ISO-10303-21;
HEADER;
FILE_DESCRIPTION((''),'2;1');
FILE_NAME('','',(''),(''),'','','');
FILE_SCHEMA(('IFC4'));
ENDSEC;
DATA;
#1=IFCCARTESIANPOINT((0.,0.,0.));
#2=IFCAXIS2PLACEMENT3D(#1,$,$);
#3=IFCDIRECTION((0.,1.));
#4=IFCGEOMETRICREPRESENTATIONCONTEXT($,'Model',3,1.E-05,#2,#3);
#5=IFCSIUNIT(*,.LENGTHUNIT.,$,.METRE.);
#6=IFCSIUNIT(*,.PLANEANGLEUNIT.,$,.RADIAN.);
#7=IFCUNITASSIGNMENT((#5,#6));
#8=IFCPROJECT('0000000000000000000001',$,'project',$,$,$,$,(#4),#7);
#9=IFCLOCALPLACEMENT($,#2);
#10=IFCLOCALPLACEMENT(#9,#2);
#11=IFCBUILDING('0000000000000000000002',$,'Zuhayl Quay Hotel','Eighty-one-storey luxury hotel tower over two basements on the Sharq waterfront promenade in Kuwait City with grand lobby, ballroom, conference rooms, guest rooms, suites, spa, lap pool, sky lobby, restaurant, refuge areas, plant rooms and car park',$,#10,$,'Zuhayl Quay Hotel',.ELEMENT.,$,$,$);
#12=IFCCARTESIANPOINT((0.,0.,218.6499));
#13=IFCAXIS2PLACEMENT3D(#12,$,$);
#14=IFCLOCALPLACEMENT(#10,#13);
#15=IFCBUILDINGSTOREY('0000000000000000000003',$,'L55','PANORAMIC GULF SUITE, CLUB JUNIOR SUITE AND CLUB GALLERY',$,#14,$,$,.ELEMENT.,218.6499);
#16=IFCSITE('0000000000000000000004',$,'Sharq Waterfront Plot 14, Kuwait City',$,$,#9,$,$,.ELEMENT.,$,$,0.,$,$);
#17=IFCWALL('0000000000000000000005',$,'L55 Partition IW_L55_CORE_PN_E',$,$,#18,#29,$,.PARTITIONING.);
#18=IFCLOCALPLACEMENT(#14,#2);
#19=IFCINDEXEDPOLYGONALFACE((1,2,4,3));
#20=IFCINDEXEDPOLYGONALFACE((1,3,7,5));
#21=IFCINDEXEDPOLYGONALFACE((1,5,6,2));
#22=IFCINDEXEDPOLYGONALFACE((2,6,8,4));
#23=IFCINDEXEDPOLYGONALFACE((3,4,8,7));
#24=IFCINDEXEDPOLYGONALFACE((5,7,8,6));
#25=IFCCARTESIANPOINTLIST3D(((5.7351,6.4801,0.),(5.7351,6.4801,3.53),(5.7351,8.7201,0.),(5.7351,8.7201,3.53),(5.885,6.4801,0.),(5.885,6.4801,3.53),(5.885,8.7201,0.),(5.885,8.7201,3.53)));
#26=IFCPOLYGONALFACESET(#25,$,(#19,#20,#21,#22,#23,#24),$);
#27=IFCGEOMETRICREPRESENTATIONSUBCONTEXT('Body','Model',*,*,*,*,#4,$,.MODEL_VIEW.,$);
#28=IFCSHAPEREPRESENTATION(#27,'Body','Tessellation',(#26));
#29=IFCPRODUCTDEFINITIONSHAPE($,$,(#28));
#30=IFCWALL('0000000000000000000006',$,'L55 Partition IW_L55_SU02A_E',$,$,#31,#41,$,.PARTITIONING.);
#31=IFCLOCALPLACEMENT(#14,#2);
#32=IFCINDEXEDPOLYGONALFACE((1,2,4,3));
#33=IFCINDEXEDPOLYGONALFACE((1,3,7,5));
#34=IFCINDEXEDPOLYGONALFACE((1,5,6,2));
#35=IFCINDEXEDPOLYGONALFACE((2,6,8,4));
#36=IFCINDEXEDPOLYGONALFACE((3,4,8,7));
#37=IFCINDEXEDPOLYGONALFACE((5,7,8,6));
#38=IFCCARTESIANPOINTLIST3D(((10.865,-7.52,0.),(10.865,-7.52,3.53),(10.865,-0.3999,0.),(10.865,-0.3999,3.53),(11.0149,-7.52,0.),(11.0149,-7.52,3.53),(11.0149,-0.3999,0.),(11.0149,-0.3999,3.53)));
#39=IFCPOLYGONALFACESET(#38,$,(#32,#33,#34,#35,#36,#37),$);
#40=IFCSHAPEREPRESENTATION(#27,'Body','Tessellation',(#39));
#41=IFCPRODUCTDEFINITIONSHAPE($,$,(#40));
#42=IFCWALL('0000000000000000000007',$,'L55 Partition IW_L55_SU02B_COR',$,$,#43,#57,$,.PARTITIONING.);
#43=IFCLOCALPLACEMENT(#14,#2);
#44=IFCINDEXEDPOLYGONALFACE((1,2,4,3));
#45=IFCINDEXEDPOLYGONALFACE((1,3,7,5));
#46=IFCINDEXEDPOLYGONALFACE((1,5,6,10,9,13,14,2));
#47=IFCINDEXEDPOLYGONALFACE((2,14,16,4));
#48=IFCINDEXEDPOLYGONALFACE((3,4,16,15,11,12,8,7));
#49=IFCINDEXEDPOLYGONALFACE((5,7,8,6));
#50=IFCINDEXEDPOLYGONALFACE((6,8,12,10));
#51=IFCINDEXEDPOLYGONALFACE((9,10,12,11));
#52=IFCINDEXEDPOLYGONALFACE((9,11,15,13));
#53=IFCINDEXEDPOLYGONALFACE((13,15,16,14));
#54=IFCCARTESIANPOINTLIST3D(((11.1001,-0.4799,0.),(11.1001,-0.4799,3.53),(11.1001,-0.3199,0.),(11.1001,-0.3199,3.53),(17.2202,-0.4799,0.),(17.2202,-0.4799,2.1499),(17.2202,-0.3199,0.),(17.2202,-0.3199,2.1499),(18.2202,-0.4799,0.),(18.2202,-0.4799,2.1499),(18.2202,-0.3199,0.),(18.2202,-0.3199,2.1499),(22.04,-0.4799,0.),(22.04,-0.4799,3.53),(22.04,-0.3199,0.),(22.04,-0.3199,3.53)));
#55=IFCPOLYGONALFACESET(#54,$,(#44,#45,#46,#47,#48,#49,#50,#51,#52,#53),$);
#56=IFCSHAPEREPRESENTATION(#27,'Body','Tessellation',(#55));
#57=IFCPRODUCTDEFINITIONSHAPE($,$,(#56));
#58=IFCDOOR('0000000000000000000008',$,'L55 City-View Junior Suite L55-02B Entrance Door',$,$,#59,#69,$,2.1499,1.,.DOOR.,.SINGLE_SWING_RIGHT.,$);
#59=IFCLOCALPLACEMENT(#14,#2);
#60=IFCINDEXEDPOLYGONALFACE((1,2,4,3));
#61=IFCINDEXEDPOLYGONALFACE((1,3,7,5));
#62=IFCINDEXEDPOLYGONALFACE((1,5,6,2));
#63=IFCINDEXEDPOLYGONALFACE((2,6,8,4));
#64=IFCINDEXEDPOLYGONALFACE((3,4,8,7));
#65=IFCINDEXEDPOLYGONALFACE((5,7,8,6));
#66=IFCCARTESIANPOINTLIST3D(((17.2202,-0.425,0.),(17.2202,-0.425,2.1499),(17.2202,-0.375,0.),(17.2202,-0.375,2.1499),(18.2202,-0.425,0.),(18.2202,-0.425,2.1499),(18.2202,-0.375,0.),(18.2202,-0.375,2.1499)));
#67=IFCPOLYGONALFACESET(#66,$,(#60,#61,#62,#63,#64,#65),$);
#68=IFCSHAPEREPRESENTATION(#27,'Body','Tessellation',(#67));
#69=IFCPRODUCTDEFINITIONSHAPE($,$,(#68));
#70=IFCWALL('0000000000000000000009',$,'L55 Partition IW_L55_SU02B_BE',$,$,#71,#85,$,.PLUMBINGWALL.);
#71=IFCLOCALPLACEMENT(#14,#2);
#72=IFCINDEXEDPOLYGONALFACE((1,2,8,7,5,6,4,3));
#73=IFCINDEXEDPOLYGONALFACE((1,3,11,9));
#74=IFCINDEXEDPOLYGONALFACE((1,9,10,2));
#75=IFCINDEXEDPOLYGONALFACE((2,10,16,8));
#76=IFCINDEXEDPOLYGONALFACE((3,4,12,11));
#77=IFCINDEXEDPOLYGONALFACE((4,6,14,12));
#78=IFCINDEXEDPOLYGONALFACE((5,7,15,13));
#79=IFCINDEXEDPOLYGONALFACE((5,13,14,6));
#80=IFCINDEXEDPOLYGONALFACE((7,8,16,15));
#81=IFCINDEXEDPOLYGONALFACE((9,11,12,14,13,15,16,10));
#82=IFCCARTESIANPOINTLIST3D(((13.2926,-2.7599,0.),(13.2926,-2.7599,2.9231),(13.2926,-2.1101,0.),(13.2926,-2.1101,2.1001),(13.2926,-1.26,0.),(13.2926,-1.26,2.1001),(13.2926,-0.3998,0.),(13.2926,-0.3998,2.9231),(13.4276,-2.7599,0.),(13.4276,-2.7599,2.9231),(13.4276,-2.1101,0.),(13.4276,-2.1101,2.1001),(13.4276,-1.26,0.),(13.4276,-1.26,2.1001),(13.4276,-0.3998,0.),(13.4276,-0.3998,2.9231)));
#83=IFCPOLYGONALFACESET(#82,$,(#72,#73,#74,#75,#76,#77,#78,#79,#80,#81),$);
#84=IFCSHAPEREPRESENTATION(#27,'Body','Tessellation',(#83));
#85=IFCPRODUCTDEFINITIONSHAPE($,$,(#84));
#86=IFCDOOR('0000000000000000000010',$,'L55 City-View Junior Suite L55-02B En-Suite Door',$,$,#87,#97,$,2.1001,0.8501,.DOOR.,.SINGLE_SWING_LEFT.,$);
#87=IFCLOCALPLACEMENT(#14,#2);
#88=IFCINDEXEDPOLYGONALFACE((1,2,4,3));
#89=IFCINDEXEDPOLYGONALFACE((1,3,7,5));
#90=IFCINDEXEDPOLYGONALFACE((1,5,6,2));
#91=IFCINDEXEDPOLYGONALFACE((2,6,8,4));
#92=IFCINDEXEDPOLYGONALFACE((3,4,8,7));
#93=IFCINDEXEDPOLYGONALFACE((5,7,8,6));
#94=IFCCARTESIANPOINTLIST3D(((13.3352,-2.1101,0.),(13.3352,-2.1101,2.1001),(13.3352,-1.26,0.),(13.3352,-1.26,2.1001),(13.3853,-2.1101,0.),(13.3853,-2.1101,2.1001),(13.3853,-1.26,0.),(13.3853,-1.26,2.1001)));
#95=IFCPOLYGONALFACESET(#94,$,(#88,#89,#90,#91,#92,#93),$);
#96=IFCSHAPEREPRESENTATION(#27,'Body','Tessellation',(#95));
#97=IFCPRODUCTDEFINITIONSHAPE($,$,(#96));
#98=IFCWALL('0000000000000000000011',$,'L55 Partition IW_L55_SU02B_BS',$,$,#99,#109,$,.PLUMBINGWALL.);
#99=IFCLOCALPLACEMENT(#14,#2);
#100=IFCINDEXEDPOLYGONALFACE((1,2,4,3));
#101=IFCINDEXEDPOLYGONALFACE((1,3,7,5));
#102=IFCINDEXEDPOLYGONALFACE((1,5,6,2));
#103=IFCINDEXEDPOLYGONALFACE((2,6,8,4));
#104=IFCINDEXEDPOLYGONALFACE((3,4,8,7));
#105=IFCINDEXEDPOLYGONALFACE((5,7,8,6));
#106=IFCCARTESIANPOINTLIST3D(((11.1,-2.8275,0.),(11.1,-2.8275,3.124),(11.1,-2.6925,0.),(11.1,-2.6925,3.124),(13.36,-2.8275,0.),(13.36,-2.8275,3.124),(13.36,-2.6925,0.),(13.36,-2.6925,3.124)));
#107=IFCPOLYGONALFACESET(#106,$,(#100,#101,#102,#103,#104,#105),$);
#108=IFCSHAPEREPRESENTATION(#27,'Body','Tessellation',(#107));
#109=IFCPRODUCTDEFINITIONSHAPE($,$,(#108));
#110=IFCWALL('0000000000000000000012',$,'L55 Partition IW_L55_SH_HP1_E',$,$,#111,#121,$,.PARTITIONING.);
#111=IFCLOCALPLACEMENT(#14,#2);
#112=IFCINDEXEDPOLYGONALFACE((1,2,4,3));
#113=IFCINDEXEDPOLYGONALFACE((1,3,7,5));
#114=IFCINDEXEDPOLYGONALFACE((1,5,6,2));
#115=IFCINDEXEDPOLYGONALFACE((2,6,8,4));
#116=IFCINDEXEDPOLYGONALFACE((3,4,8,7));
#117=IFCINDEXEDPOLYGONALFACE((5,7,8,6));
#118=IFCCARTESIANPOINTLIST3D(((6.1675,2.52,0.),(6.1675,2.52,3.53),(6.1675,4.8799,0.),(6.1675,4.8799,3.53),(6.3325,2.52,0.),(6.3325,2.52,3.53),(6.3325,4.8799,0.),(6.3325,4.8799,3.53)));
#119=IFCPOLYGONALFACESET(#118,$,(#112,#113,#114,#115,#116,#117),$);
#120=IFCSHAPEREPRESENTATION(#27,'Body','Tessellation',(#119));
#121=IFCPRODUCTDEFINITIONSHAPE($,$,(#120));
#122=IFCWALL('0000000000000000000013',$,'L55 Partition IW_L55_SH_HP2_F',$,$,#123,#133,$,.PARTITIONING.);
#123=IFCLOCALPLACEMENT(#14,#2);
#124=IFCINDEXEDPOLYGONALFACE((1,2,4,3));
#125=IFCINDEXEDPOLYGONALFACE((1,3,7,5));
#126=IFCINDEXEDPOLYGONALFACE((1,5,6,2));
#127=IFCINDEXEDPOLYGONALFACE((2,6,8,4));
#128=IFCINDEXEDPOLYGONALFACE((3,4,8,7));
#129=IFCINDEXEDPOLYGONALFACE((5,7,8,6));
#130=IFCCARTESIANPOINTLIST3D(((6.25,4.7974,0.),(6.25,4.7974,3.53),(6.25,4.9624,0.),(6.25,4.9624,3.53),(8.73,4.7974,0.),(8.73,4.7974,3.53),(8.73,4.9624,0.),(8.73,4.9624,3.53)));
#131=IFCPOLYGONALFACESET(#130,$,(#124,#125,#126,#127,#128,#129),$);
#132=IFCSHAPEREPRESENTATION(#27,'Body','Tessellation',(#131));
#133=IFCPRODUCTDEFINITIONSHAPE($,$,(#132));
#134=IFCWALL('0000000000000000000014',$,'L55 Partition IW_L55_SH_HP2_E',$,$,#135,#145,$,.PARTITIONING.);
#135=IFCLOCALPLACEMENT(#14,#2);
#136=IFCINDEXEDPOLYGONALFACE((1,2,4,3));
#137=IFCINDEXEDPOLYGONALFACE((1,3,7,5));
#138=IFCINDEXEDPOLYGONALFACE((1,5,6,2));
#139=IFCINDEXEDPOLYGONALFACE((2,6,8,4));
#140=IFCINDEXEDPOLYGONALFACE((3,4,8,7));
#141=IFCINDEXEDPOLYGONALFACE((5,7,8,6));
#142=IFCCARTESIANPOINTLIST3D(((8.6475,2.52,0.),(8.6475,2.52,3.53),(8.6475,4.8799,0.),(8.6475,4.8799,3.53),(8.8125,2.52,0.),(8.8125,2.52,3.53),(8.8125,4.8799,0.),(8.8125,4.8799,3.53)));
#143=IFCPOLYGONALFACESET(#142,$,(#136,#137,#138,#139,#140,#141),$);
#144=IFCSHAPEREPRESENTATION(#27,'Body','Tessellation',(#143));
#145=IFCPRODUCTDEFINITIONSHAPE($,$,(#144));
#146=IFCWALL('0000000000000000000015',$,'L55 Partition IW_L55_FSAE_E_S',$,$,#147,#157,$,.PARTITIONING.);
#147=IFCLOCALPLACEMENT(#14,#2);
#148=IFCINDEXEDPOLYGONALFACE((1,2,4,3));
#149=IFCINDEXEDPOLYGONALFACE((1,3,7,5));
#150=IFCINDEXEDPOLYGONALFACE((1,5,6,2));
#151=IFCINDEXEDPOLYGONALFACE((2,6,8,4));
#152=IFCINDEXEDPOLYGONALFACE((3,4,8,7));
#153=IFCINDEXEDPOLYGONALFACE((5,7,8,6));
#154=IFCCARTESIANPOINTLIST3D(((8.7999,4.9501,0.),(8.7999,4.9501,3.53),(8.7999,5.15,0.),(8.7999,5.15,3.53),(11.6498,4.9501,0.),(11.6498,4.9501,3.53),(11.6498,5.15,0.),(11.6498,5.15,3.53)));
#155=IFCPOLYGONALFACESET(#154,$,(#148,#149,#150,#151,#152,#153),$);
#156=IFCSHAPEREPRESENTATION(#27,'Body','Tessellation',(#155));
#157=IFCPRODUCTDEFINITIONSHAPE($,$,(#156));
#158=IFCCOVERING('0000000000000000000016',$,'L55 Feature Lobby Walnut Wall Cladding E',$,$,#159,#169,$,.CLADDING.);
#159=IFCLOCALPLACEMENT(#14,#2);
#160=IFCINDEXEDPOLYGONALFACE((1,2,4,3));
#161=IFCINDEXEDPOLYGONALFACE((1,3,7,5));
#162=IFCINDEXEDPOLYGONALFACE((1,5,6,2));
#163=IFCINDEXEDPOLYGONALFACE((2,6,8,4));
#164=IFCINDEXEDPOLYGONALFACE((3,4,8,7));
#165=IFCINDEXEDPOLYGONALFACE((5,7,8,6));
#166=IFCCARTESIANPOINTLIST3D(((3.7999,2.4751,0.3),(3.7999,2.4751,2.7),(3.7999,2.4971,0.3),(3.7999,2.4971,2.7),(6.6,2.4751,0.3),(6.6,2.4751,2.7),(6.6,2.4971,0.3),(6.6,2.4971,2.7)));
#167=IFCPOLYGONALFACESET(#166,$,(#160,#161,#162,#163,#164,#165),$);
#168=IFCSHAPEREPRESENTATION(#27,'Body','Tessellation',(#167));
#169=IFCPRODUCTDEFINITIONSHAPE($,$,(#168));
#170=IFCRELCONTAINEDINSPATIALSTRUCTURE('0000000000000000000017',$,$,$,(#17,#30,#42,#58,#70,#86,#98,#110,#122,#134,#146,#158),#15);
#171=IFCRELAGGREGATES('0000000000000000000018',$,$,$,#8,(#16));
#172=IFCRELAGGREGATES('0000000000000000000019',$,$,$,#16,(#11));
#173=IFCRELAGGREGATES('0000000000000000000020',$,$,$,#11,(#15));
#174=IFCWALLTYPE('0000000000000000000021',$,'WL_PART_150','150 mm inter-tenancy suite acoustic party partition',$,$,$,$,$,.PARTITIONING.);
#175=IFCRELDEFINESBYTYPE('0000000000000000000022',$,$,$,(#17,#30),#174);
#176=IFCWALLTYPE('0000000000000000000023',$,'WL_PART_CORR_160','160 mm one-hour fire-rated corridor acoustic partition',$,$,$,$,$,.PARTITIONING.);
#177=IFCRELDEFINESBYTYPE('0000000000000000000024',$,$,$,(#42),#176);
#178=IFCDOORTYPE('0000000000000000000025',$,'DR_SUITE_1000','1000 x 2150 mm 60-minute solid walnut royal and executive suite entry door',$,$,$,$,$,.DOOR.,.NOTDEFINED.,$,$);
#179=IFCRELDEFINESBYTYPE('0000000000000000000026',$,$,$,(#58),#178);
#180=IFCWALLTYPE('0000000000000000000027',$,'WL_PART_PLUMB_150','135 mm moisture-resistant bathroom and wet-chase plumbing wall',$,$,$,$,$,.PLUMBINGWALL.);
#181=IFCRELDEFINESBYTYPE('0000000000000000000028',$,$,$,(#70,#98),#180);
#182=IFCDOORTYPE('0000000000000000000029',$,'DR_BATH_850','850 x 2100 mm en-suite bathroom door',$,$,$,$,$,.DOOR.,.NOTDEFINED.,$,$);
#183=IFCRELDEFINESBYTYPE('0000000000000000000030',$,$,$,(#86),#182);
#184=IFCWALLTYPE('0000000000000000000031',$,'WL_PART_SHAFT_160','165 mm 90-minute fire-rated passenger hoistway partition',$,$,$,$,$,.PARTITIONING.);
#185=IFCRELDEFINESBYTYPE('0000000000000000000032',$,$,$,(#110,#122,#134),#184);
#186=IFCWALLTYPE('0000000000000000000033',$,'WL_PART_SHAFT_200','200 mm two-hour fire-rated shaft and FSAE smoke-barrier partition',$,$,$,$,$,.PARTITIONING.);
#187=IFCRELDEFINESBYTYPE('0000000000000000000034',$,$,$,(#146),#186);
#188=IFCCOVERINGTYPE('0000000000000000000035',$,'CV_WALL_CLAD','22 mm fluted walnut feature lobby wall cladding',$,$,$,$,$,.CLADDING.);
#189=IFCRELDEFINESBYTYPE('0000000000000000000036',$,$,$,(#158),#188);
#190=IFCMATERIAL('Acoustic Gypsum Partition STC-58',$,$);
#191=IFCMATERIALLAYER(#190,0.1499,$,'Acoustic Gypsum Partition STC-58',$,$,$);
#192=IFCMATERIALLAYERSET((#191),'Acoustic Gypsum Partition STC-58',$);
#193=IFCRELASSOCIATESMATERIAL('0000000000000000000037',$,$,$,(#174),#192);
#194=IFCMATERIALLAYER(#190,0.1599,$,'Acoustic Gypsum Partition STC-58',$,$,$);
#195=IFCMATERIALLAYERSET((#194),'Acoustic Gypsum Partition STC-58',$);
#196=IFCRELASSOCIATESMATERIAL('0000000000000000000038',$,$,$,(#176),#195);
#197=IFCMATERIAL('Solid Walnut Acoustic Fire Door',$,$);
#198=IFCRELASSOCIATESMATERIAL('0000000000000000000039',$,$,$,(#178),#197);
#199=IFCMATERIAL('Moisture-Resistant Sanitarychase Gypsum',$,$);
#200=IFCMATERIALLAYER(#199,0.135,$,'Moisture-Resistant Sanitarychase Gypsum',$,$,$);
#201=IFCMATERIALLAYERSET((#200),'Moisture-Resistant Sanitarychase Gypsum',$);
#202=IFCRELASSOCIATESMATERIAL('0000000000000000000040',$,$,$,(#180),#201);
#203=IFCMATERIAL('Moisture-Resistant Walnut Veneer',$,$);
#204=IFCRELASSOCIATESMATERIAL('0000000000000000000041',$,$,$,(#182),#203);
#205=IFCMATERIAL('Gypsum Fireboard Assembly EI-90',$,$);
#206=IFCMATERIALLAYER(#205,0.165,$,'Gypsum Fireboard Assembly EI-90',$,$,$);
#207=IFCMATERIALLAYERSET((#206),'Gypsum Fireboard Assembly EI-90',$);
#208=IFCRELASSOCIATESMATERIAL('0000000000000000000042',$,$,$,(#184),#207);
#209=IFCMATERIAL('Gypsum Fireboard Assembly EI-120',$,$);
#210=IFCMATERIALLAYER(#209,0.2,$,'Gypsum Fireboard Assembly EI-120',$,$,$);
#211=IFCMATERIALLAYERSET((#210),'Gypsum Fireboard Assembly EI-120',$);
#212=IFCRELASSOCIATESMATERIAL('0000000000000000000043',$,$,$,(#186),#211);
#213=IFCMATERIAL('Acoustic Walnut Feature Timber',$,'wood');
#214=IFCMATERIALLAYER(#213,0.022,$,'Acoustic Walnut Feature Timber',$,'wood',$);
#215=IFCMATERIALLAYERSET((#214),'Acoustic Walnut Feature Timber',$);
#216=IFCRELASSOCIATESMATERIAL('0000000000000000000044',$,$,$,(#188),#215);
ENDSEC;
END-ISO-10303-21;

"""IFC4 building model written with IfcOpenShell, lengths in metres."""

from ifc_helpers import new_model, si_unit, direction, frame, frame_2d, origin, origin_2d, place, context, subcontext, project, spatial, rectangle, extrude, material, layer, layer_set, type_object, element, fill, save


model = new_model("IFC4")

# Units and contexts
model_context = context("Model", 3, precision=1e-05, world=origin(), true_north=direction((0.0, 1.0)))
body_context = subcontext(model_context, "Body", "Model", "MODEL_VIEW")
ifc_project = project(units=[si_unit("LENGTHUNIT", "METRE"), si_unit("PLANEANGLEUNIT", "RADIAN")], contexts=[model_context])

# Site, building, storey
site_placement = place(None, origin())
site = spatial("IfcSite", under=ifc_project, at=site_placement, Name="Sharq Waterfront Plot 14, Kuwait City", CompositionType="ELEMENT", RefElevation=0.0)
building_placement = place(site_placement, origin())
building = spatial("IfcBuilding", under=site, at=building_placement, Name="Zuhayl Quay Hotel", Description="Eighty-one-storey luxury hotel tower over two basements on the Sharq waterfront promenade in Kuwait City with grand lobby, ballroom, conference rooms, guest rooms, suites, spa, lap pool, sky lobby, restaurant, refuge areas, plant rooms and car park", LongName="Zuhayl Quay Hotel", CompositionType="ELEMENT")
storey_placement = place(building_placement, frame((0.0, 0.0, 218.6499)))
storey = spatial("IfcBuildingStorey", under=building, at=storey_placement, Name="L55", Description="PANORAMIC GULF SUITE, CLUB JUNIOR SUITE AND CLUB GALLERY", CompositionType="ELEMENT", Elevation=218.6499)

# Walls
ifc_material_1 = material(Name="Acoustic Gypsum Partition STC-58")
ifc_layer_1 = layer(ifc_material_1, 0.1499, Name="Acoustic Gypsum Partition STC-58")
ifc_layer_set_1 = layer_set([ifc_layer_1], Name="Acoustic Gypsum Partition STC-58")
wall_type_1 = type_object("IfcWallType", Name="WL_PART_150", Description="150 mm inter-tenancy suite acoustic party partition", PredefinedType="PARTITIONING", material=ifc_layer_set_1)
wall_1_placement = place(storey_placement, frame((5.8101, 6.48, 0.0), z_axis=(0.0, 0.0, 1.0), x_axis=(0.0, 1.0, 0.0)))
element("IfcWall", 1, at=wall_1_placement, inside=storey, type_object=wall_type_1, Name="L55 Partition IW_L55_CORE_PN_E", PredefinedType="PARTITIONING", context=body_context, shape_type="SweptSolid", body=[
    extrude(rectangle(XDim=2.24, YDim=0.1499, at=frame_2d((1.1201, 0.0))), origin(), (0.0, 0.0, 1.0), 3.53),
])
wall_2_placement = place(storey_placement, frame((10.9399, -7.52, 0.0), z_axis=(0.0, 0.0, 1.0), x_axis=(0.0, 1.0, 0.0)))
element("IfcWall", 2, at=wall_2_placement, inside=storey, type_object=wall_type_1, Name="L55 Partition IW_L55_SU02A_E", PredefinedType="PARTITIONING", context=body_context, shape_type="SweptSolid", body=[
    extrude(rectangle(XDim=7.1201, YDim=0.1499, at=frame_2d((3.5601, 0.0))), origin(), (0.0, 0.0, 1.0), 3.53),
])

# Walls, openings, doors
ifc_layer_2 = layer(ifc_material_1, 0.1599, Name="Acoustic Gypsum Partition STC-58")
ifc_layer_set_2 = layer_set([ifc_layer_2], Name="Acoustic Gypsum Partition STC-58")
wall_type_2 = type_object("IfcWallType", Name="WL_PART_CORR_160", Description="160 mm one-hour fire-rated corridor acoustic partition", PredefinedType="PARTITIONING", material=ifc_layer_set_2)
wall_3_placement = place(storey_placement, frame((11.1001, -0.3999, 0.0), z_axis=(0.0, 0.0, 1.0), x_axis=(1.0, 0.0, 0.0)))
wall_3 = element("IfcWall", 3, at=wall_3_placement, inside=storey, type_object=wall_type_2, Name="L55 Partition IW_L55_SU02B_COR", PredefinedType="PARTITIONING", context=body_context, shape_type="SweptSolid", body=[
    extrude(rectangle(XDim=10.9399, YDim=0.1599, at=frame_2d((5.47, 0.0))), origin(), (0.0, 0.0, 1.0), 3.53),
])
opening_1_placement = place(wall_3_placement, frame((6.1201, 0.0, 0.0)))
opening_1 = element("IfcOpeningElement", 4, at=opening_1_placement, cuts=wall_3, PredefinedType="OPENING", context=body_context, shape_type="SweptSolid", body=[
    extrude(rectangle(XDim=1.0, YDim=2.1499, at=frame_2d((0.5, 1.075))), frame((0.0, 0.0898, 0.0), z_axis=(0.0, -1.0, 0.0), x_axis=(1.0, 0.0, 0.0)), (0.0, 0.0, 1.0), 0.1799),
])
ifc_material_2 = material(Name="Solid Walnut Acoustic Fire Door")
door_type_1 = type_object("IfcDoorType", Name="DR_SUITE_1000", Description="1000 x 2150 mm 60-minute solid walnut royal and executive suite entry door", OperationType="NOTDEFINED", PredefinedType="DOOR", material=ifc_material_2)
door_1_placement = place(opening_1_placement, origin())
door_1 = element("IfcDoor", 5, at=door_1_placement, inside=storey, type_object=door_type_1, Name="L55 City-View Junior Suite L55-02B Entrance Door", OperationType="SINGLE_SWING_RIGHT", OverallHeight=2.1499, OverallWidth=1.0, PredefinedType="DOOR", context=body_context, shape_type="SweptSolid", body=[
    extrude(rectangle(XDim=1.0, YDim=2.1499, at=frame_2d((0.5, 1.075))), frame((0.0, 0.0249, 0.0), z_axis=(0.0, -1.0, 0.0), x_axis=(1.0, 0.0, 0.0)), (0.0, 0.0, 1.0), 0.05),
])
fill(opening_1, door_1)
ifc_material_3 = material(Name="Moisture-Resistant Sanitarychase Gypsum")
ifc_layer_3 = layer(ifc_material_3, 0.135, Name="Moisture-Resistant Sanitarychase Gypsum")
ifc_layer_set_3 = layer_set([ifc_layer_3], Name="Moisture-Resistant Sanitarychase Gypsum")
wall_type_3 = type_object("IfcWallType", Name="WL_PART_PLUMB_150", Description="135 mm moisture-resistant bathroom and wet-chase plumbing wall", PredefinedType="PLUMBINGWALL", material=ifc_layer_set_3)
wall_4_placement = place(storey_placement, frame((13.3601, -2.76, 0.0), z_axis=(0.0, 0.0, 1.0), x_axis=(0.0, 1.0, 0.0)))
wall_4 = element("IfcWall", 6, at=wall_4_placement, inside=storey, type_object=wall_type_3, Name="L55 Partition IW_L55_SU02B_BE", PredefinedType="PLUMBINGWALL", context=body_context, shape_type="SweptSolid", body=[
    extrude(rectangle(XDim=2.3601, YDim=0.135, at=frame_2d((1.1802, 0.0))), origin(), (0.0, 0.0, 1.0), 2.9231),
])
opening_2_placement = place(wall_4_placement, frame((0.6499, 0.0, 0.0)))
opening_2 = element("IfcOpeningElement", 7, at=opening_2_placement, cuts=wall_4, PredefinedType="OPENING", context=body_context, shape_type="SweptSolid", body=[
    extrude(rectangle(XDim=0.8501, YDim=2.1001, at=frame_2d((0.425, 1.05))), frame((0.0, 0.0774, 0.0), z_axis=(0.0, -1.0, 0.0), x_axis=(1.0, 0.0, 0.0)), (0.0, 0.0, 1.0), 0.155),
])
ifc_material_4 = material(Name="Moisture-Resistant Walnut Veneer")
door_type_2 = type_object("IfcDoorType", Name="DR_BATH_850", Description="850 x 2100 mm en-suite bathroom door", OperationType="NOTDEFINED", PredefinedType="DOOR", material=ifc_material_4)
door_2_placement = place(opening_2_placement, origin())
door_2 = element("IfcDoor", 8, at=door_2_placement, inside=storey, type_object=door_type_2, Name="L55 City-View Junior Suite L55-02B En-Suite Door", OperationType="SINGLE_SWING_LEFT", OverallHeight=2.1001, OverallWidth=0.8501, PredefinedType="DOOR", context=body_context, shape_type="SweptSolid", body=[
    extrude(rectangle(XDim=0.8501, YDim=2.1001, at=frame_2d((0.425, 1.05))), frame((0.0, 0.0249, 0.0), z_axis=(0.0, -1.0, 0.0), x_axis=(1.0, 0.0, 0.0)), (0.0, 0.0, 1.0), 0.05),
])
fill(opening_2, door_2)

# Walls
wall_5_placement = place(storey_placement, frame((11.1001, -2.76, 0.0), z_axis=(0.0, 0.0, 1.0), x_axis=(1.0, 0.0, 0.0)))
element("IfcWall", 9, at=wall_5_placement, inside=storey, type_object=wall_type_3, Name="L55 Partition IW_L55_SU02B_BS", PredefinedType="PLUMBINGWALL", context=body_context, shape_type="SweptSolid", body=[
    extrude(rectangle(XDim=2.26, YDim=0.135, at=frame_2d((1.1299, 0.0))), origin(), (0.0, 0.0, 1.0), 3.124),
])
ifc_material_5 = material(Name="Gypsum Fireboard Assembly EI-90")
ifc_layer_4 = layer(ifc_material_5, 0.165, Name="Gypsum Fireboard Assembly EI-90")
ifc_layer_set_4 = layer_set([ifc_layer_4], Name="Gypsum Fireboard Assembly EI-90")
wall_type_4 = type_object("IfcWallType", Name="WL_PART_SHAFT_160", Description="165 mm 90-minute fire-rated passenger hoistway partition", PredefinedType="PARTITIONING", material=ifc_layer_set_4)
wall_6_placement = place(storey_placement, frame((6.25, 2.52, 0.0), z_axis=(0.0, 0.0, 1.0), x_axis=(0.0, 1.0, 0.0)))
element("IfcWall", 10, at=wall_6_placement, inside=storey, type_object=wall_type_4, Name="L55 Partition IW_L55_SH_HP1_E", PredefinedType="PARTITIONING", context=body_context, shape_type="SweptSolid", body=[
    extrude(rectangle(XDim=2.3599, YDim=0.165, at=frame_2d((1.1799, 0.0))), origin(), (0.0, 0.0, 1.0), 3.53),
])
wall_7_placement = place(storey_placement, frame((6.25, 4.8799, 0.0), z_axis=(0.0, 0.0, 1.0), x_axis=(1.0, 0.0, 0.0)))
element("IfcWall", 11, at=wall_7_placement, inside=storey, type_object=wall_type_4, Name="L55 Partition IW_L55_SH_HP2_F", PredefinedType="PARTITIONING", context=body_context, shape_type="SweptSolid", body=[
    extrude(rectangle(XDim=2.48, YDim=0.165, at=frame_2d((1.24, 0.0))), origin(), (0.0, 0.0, 1.0), 3.53),
])
wall_8_placement = place(storey_placement, frame((8.73, 2.52, 0.0), z_axis=(0.0, 0.0, 1.0), x_axis=(0.0, 1.0, 0.0)))
element("IfcWall", 12, at=wall_8_placement, inside=storey, type_object=wall_type_4, Name="L55 Partition IW_L55_SH_HP2_E", PredefinedType="PARTITIONING", context=body_context, shape_type="SweptSolid", body=[
    extrude(rectangle(XDim=2.3599, YDim=0.165, at=frame_2d((1.1799, 0.0))), origin(), (0.0, 0.0, 1.0), 3.53),
])
ifc_material_6 = material(Name="Gypsum Fireboard Assembly EI-120")
ifc_layer_5 = layer(ifc_material_6, 0.2, Name="Gypsum Fireboard Assembly EI-120")
ifc_layer_set_5 = layer_set([ifc_layer_5], Name="Gypsum Fireboard Assembly EI-120")
wall_type_5 = type_object("IfcWallType", Name="WL_PART_SHAFT_200", Description="200 mm two-hour fire-rated shaft and FSAE smoke-barrier partition", PredefinedType="PARTITIONING", material=ifc_layer_set_5)
wall_9_placement = place(storey_placement, frame((8.8, 5.05, 0.0), z_axis=(0.0, 0.0, 1.0), x_axis=(1.0, 0.0, 0.0)))
element("IfcWall", 13, at=wall_9_placement, inside=storey, type_object=wall_type_5, Name="L55 Partition IW_L55_FSAE_E_S", PredefinedType="PARTITIONING", context=body_context, shape_type="SweptSolid", body=[
    extrude(rectangle(XDim=2.8499, YDim=0.2, at=frame_2d((1.4248, 0.0))), origin(), (0.0, 0.0, 1.0), 3.53),
])

# Covering
ifc_material_7 = material(Name="Acoustic Walnut Feature Timber", Category="wood")
ifc_layer_6 = layer(ifc_material_7, 0.022, Name="Acoustic Walnut Feature Timber", Category="wood")
ifc_layer_set_6 = layer_set([ifc_layer_6], Name="Acoustic Walnut Feature Timber")
covering_type = type_object("IfcCoveringType", Name="CV_WALL_CLAD", Description="22 mm fluted walnut feature lobby wall cladding", PredefinedType="CLADDING", material=ifc_layer_set_6)
covering_placement = place(storey_placement, frame((5.2, 2.4861, 0.3), z_axis=(0.0, 0.0, 1.0), x_axis=(1.0, 0.0, 0.0)))
element("IfcCovering", 14, at=covering_placement, inside=storey, type_object=covering_type, Name="L55 Feature Lobby Walnut Wall Cladding E", PredefinedType="CLADDING", context=body_context, shape_type="SweptSolid", body=[
    extrude(rectangle(XDim=2.8, YDim=0.022, at=origin_2d()), origin(), (0.0, 0.0, 1.0), 2.3999),
])

save(model, "model.ifc")
